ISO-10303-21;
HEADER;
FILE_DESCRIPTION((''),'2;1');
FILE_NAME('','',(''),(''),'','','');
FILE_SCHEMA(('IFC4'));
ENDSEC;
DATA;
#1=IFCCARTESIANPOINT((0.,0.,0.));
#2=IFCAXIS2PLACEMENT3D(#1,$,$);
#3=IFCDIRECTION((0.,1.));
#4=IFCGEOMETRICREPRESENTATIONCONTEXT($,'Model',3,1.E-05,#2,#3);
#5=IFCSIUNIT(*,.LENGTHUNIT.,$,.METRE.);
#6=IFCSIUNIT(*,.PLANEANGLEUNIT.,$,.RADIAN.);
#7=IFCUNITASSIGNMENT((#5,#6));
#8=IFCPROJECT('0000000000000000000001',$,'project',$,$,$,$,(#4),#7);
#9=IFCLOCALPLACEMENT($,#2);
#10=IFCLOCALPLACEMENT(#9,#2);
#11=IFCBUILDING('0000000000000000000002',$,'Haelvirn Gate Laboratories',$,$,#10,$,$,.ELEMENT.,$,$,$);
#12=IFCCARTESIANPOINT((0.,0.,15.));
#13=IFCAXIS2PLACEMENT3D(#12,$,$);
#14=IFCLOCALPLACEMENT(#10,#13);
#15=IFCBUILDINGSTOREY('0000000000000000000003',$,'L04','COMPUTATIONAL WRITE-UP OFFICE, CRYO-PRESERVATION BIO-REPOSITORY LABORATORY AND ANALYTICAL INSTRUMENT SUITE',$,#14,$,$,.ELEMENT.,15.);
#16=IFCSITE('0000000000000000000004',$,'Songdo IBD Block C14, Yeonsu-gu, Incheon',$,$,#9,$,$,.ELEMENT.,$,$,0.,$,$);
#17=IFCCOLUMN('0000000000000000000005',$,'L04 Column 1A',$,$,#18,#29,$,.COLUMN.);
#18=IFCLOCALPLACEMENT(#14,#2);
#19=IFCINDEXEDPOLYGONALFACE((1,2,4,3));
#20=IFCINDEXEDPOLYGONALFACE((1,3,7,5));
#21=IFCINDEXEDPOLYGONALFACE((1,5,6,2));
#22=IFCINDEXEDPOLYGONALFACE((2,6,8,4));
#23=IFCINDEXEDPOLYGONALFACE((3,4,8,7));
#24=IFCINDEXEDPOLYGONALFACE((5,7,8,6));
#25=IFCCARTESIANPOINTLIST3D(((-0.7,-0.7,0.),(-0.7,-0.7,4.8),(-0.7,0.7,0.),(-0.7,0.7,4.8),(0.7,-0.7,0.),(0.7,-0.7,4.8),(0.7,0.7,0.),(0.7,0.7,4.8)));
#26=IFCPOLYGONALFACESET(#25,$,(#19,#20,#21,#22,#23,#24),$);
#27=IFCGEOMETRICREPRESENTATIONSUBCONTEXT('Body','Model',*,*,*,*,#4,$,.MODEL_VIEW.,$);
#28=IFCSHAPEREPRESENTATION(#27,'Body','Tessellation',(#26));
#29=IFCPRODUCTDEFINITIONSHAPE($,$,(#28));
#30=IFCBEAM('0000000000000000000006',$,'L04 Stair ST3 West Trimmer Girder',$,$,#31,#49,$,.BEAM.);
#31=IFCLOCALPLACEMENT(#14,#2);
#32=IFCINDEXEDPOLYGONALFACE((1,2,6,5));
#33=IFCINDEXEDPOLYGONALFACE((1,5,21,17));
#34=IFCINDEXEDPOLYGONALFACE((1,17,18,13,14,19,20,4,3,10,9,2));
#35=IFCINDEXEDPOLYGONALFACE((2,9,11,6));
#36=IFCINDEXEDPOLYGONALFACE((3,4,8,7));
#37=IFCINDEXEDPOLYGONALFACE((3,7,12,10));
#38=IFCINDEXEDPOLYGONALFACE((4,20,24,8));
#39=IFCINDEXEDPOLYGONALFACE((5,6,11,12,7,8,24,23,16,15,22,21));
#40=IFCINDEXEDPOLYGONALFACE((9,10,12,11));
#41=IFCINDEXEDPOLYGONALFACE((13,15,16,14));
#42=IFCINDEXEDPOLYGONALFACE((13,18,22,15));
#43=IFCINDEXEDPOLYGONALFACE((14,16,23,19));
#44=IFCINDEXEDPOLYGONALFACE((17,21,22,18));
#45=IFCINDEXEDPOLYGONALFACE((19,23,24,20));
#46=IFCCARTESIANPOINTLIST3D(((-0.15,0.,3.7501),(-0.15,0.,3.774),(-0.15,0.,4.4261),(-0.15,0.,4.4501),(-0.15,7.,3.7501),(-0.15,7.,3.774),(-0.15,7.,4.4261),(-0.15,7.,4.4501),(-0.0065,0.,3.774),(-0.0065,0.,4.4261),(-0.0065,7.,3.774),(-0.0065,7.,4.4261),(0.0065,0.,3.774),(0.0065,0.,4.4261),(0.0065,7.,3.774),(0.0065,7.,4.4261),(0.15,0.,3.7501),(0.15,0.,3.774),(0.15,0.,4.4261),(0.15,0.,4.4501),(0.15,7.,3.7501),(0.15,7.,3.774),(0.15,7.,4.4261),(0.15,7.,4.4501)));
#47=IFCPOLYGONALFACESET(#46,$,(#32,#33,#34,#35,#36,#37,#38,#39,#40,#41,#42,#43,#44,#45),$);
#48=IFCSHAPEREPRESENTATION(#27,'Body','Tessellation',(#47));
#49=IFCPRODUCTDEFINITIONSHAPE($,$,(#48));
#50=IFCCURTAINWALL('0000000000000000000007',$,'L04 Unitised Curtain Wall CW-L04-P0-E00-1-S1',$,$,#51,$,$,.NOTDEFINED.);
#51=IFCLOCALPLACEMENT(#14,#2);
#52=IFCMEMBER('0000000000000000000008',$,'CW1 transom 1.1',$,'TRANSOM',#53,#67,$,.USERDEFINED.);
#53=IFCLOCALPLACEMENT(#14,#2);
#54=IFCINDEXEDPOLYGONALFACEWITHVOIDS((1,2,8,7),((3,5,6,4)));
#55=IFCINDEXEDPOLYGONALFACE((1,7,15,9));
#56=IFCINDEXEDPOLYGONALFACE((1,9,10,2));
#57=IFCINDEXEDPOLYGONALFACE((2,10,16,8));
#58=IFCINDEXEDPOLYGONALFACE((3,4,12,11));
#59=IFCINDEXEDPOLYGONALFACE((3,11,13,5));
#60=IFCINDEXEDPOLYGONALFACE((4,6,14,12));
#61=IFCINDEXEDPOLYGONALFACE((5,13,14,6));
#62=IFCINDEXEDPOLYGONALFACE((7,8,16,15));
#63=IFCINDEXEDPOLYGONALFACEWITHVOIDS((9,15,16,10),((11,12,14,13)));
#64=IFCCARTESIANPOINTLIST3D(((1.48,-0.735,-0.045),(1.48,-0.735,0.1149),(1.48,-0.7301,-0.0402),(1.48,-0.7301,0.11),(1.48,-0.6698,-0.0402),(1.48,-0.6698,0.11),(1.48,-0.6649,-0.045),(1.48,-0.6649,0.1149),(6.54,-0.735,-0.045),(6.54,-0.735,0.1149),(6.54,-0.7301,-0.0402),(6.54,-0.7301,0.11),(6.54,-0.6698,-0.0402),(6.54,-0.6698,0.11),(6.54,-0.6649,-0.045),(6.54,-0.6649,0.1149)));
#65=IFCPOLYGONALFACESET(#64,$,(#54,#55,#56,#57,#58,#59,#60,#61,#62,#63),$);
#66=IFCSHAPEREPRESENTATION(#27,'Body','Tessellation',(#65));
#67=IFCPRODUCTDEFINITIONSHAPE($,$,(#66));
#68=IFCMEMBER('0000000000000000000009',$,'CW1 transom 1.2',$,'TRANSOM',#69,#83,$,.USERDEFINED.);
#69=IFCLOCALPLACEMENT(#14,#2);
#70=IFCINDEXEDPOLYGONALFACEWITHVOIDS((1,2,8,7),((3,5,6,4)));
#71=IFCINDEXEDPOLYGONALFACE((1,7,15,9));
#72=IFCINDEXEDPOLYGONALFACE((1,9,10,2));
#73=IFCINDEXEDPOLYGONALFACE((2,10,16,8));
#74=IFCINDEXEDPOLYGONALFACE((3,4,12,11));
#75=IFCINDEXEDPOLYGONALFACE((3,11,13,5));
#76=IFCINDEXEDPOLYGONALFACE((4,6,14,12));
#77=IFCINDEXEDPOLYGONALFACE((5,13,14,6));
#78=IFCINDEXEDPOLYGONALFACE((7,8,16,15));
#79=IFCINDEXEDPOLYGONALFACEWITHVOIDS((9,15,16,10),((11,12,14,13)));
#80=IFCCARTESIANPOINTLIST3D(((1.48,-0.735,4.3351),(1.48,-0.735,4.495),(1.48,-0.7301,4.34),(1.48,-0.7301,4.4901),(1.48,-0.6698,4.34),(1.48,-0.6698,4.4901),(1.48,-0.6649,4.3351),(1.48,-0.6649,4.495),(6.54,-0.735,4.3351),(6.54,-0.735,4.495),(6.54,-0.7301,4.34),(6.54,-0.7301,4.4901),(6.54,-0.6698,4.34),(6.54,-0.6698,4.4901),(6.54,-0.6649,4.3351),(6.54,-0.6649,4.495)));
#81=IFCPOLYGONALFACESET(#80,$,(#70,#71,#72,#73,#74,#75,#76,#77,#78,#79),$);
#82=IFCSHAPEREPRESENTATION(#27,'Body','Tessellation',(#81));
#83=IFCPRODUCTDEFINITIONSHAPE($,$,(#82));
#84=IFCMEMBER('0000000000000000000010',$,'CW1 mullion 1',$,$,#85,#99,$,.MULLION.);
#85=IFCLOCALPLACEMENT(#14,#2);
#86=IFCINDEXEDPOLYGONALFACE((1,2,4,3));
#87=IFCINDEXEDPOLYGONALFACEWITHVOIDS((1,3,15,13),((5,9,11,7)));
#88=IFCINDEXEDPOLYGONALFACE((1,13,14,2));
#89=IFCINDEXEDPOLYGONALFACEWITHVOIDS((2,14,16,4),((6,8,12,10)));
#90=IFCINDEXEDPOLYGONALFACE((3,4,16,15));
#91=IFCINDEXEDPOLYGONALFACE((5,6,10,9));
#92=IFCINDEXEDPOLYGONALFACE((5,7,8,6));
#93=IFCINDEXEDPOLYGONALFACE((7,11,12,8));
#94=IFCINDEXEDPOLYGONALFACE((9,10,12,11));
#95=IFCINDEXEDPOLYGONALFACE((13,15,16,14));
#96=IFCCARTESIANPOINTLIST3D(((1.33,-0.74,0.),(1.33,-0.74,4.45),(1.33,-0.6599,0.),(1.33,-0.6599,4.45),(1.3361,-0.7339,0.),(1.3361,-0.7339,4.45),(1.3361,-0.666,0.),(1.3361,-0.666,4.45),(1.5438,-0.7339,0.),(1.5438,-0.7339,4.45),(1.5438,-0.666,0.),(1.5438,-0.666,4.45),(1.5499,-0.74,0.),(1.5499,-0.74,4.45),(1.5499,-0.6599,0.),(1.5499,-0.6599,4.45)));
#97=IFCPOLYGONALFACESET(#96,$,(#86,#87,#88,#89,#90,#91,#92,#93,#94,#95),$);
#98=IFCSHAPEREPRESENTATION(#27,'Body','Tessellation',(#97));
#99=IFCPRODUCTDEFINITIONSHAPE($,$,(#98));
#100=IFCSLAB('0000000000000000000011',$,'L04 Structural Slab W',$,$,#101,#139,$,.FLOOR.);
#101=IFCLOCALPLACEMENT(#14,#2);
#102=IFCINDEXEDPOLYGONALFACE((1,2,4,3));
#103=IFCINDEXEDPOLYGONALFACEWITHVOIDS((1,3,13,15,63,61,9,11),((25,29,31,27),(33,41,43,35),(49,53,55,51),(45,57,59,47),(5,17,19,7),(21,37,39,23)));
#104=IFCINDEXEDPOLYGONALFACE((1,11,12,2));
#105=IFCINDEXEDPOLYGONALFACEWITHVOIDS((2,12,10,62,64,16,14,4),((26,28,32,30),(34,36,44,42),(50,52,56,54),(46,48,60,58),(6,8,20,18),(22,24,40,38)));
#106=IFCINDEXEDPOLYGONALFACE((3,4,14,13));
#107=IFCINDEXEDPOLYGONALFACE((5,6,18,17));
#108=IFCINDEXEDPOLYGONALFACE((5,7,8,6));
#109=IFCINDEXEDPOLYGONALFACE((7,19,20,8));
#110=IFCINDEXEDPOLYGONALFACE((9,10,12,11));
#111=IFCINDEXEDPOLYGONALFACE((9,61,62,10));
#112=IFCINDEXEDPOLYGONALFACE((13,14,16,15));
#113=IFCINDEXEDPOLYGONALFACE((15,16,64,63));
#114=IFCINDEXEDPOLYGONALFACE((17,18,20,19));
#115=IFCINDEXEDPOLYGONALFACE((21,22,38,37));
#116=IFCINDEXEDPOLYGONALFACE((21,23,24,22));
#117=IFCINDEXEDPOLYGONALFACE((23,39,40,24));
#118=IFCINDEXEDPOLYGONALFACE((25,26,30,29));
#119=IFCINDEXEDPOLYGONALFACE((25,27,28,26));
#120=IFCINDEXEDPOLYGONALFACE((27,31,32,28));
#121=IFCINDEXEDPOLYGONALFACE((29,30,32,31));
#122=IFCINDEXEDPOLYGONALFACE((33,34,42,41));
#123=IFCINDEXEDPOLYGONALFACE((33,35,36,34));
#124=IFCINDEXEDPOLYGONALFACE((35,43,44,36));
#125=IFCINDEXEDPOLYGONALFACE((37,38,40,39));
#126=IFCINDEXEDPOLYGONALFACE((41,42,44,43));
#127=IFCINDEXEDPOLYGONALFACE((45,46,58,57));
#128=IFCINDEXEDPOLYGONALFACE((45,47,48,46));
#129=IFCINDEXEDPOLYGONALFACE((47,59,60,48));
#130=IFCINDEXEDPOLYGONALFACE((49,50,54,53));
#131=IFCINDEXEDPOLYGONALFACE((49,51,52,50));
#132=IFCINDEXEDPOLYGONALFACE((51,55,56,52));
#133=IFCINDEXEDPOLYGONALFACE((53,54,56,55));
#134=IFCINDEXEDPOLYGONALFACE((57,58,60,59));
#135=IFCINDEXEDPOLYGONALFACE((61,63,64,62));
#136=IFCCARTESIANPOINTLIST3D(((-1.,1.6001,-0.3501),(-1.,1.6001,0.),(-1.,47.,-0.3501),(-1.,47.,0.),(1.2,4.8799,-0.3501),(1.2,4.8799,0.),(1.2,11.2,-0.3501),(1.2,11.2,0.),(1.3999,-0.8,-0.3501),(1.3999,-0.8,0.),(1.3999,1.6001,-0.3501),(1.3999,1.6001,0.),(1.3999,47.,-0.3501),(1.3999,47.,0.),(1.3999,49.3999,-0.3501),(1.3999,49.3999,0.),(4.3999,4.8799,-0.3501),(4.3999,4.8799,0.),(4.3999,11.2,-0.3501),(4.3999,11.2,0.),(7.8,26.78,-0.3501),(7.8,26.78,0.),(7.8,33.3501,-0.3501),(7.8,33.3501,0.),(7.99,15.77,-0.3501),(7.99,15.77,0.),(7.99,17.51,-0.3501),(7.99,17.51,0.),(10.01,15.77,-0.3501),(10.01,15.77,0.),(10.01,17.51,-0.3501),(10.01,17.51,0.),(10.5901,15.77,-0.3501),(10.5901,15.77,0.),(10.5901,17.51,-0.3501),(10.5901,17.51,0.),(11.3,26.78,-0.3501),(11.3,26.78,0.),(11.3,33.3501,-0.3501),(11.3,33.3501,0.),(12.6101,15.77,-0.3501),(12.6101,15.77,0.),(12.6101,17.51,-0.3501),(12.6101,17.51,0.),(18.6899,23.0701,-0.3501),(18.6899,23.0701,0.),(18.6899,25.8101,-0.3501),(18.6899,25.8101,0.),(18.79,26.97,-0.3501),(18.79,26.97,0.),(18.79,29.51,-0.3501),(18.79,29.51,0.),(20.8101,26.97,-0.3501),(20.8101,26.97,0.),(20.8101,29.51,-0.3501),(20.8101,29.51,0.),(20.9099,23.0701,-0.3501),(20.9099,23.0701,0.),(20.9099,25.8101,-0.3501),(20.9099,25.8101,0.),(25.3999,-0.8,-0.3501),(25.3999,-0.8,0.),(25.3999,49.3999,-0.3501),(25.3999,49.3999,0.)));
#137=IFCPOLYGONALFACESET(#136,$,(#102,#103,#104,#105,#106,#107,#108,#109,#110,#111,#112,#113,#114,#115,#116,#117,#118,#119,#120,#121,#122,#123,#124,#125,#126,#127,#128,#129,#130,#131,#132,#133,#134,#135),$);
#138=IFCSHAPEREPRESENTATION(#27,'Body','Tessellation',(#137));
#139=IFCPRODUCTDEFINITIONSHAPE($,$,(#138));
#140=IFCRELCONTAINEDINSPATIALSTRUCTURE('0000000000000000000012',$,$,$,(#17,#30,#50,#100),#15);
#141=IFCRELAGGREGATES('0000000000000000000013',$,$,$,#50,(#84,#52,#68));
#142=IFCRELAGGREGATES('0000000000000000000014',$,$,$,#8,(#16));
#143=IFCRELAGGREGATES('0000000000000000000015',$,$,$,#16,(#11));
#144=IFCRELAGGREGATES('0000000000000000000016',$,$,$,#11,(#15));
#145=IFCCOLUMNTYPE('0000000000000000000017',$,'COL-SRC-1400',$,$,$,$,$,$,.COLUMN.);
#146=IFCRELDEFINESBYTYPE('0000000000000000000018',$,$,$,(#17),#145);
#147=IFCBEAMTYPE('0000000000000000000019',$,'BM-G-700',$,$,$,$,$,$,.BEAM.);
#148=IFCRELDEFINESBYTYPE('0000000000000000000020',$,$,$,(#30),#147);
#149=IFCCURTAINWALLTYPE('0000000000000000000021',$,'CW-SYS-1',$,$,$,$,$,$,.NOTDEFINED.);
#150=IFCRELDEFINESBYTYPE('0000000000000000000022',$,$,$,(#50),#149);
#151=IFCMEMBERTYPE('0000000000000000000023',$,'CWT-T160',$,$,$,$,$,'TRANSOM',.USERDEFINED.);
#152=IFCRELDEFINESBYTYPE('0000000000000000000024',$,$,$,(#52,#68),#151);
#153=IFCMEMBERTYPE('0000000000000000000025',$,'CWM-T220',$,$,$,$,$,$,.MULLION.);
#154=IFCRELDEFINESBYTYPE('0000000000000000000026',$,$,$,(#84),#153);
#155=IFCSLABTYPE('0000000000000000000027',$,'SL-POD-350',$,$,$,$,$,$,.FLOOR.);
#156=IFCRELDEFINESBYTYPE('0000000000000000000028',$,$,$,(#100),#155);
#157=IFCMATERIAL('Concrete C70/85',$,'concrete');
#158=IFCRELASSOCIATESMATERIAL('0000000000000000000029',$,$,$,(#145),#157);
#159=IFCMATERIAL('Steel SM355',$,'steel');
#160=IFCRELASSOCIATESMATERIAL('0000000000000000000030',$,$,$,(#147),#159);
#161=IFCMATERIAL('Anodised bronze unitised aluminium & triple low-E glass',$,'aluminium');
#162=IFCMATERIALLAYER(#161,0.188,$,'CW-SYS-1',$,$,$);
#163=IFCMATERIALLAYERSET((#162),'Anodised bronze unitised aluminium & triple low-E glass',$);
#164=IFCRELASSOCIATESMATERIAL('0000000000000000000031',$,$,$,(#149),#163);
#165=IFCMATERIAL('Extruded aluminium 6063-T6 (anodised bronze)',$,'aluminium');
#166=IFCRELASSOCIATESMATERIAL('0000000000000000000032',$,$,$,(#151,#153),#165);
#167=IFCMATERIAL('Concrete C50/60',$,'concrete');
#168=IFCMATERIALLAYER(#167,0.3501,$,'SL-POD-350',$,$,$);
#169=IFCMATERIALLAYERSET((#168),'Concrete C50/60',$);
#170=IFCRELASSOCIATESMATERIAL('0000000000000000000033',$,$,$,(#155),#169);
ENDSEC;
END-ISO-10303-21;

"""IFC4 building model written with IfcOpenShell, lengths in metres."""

from ifc_helpers import new_model, si_unit, direction, frame, origin, origin_with_axes, origin_2d, place, context, subcontext, project, spatial, polyline, rectangle, hollow_rectangle, i_section, outline, extrude, source, transform, mapped, material, layer, layer_set, material_profile, profile_set, type_object, type_shapes, element, aggregate, save


model = new_model("IFC4")

# Units and contexts
model_context = context("Model", 3, precision=1e-05, world=origin(), true_north=direction((0.0, 1.0)))
body_context = subcontext(model_context, "Body", "Model", "MODEL_VIEW")
ifc_project = project(units=[si_unit("LENGTHUNIT", "METRE"), si_unit("PLANEANGLEUNIT", "RADIAN")], contexts=[model_context])

# Site, building, storey
site_placement = place(None, origin())
site = spatial("IfcSite", under=ifc_project, at=site_placement, Name="Songdo IBD Block C14, Yeonsu-gu, Incheon", CompositionType="ELEMENT", RefElevation=0.0)
building_placement = place(site_placement, origin())
building = spatial("IfcBuilding", under=site, at=building_placement, Name="Haelvirn Gate Laboratories", CompositionType="ELEMENT")
storey_placement = place(building_placement, frame((0.0, 0.0, 15.0)))
storey = spatial("IfcBuildingStorey", under=building, at=storey_placement, Name="L04", Description="COMPUTATIONAL WRITE-UP OFFICE, CRYO-PRESERVATION BIO-REPOSITORY LABORATORY AND ANALYTICAL INSTRUMENT SUITE", CompositionType="ELEMENT", Elevation=15.0)

# Column
ifc_material_1 = material(Name="Concrete C70/85", Category="concrete")
ifc_material_profile_1 = material_profile(ifc_material_1, rectangle(XDim=1.3999, YDim=1.3999, at=origin_2d()), Name="SRC-1400x1400")
ifc_profile_set_1 = profile_set([ifc_material_profile_1], Name="Concrete C70/85")
column_type = type_object("IfcColumnType", Name="COL-SRC-1400", PredefinedType="COLUMN", material=ifc_profile_set_1)
shared_shape_1 = source(origin(), body_context, "Body", "SweptSolid", [
    extrude(rectangle(XDim=1.3999, YDim=1.3999, at=origin_2d()), origin(), (0.0, 0.0, 1.0), 4.8),
])
type_shapes(column_type, [shared_shape_1])
column_placement = place(storey_placement, origin_with_axes())
element("IfcColumn", 1, at=column_placement, inside=storey, type_object=column_type, Name="L04 Column 1A", PredefinedType="COLUMN", context=body_context, shape_type="MappedRepresentation", body=[
    mapped(shared_shape_1, transform((0.0, 0.0, 0.0), scale=1.0)),
])

# Beam
ifc_material_2 = material(Name="Steel SM355", Category="steel")
ifc_material_profile_2 = material_profile(ifc_material_2, i_section(OverallWidth=0.3, OverallDepth=0.7, WebThickness=0.0129, FlangeThickness=0.0239, at=origin_2d()), Name="H-700x300x13x24")
ifc_profile_set_2 = profile_set([ifc_material_profile_2], Name="Steel SM355")
beam_type = type_object("IfcBeamType", Name="BM-G-700", PredefinedType="BEAM", material=ifc_profile_set_2)
shared_shape_2 = source(origin(), body_context, "Body", "SweptSolid", [
    extrude(i_section(OverallWidth=0.3, OverallDepth=0.7, WebThickness=0.0129, FlangeThickness=0.0239, at=origin_2d()), origin(), (0.0, 0.0, 1.0), 7.0),
])
type_shapes(beam_type, [shared_shape_2])
beam_placement = place(storey_placement, frame((0.0, 0.0, 4.1001), z_axis=(0.0, 1.0, 0.0), x_axis=(-1.0, 0.0, 0.0)))
element("IfcBeam", 2, at=beam_placement, inside=storey, type_object=beam_type, Name="L04 Stair ST3 West Trimmer Girder", PredefinedType="BEAM", context=body_context, shape_type="MappedRepresentation", body=[
    mapped(shared_shape_2, transform((0.0, 0.0, 0.0), scale=1.0)),
])

# Curtain wall, members
ifc_material_3 = material(Name="Anodised bronze unitised aluminium & triple low-E glass", Category="aluminium")
ifc_layer_1 = layer(ifc_material_3, 0.188, Name="CW-SYS-1")
ifc_layer_set_1 = layer_set([ifc_layer_1], Name="Anodised bronze unitised aluminium & triple low-E glass")
curtain_wall_type = type_object("IfcCurtainWallType", Name="CW-SYS-1", PredefinedType="NOTDEFINED", material=ifc_layer_set_1)
curtain_wall_placement = place(storey_placement, origin())
curtain_wall = element("IfcCurtainWall", 3, at=curtain_wall_placement, inside=storey, type_object=curtain_wall_type, Name="L04 Unitised Curtain Wall CW-L04-P0-E00-1-S1", PredefinedType="NOTDEFINED")
ifc_material_4 = material(Name="Extruded aluminium 6063-T6 (anodised bronze)", Category="aluminium")
ifc_material_profile_3 = material_profile(ifc_material_4, hollow_rectangle(XDim=0.0701, YDim=0.1599, WallThickness=0.0049, at=origin_2d()), Name="CWT-160x70x5")
ifc_profile_set_3 = profile_set([ifc_material_profile_3], Name="Extruded aluminium 6063-T6 (anodised bronze)")
member_type_1 = type_object("IfcMemberType", Name="CWT-T160", ElementType="TRANSOM", PredefinedType="USERDEFINED", material=ifc_profile_set_3)
shared_shape_3 = source(origin(), body_context, "Body", "SweptSolid", [
    extrude(hollow_rectangle(XDim=0.0701, YDim=0.1599, WallThickness=0.0049, at=origin_2d()), origin(), (0.0, 0.0, 1.0), 5.0601),
])
type_shapes(member_type_1, [shared_shape_3])
member_1_placement = place(storey_placement, frame((1.48, -0.7, 0.0349), z_axis=(1.0, 0.0, 0.0), x_axis=(0.0, 1.0, 0.0)))
member_1 = element("IfcMember", 4, at=member_1_placement, type_object=member_type_1, Name="CW1 transom 1.1", ObjectType="TRANSOM", PredefinedType="USERDEFINED", context=body_context, shape_type="MappedRepresentation", body=[
    mapped(shared_shape_3, transform((0.0, 0.0, 0.0), scale=1.0)),
])
member_2_placement = place(storey_placement, frame((1.48, -0.7, 4.415), z_axis=(1.0, 0.0, 0.0), x_axis=(0.0, 1.0, 0.0)))
member_2 = element("IfcMember", 5, at=member_2_placement, type_object=member_type_1, Name="CW1 transom 1.2", ObjectType="TRANSOM", PredefinedType="USERDEFINED", context=body_context, shape_type="MappedRepresentation", body=[
    mapped(shared_shape_3, transform((0.0, 0.0, 0.0), scale=1.0)),
])
ifc_material_profile_4 = material_profile(ifc_material_4, hollow_rectangle(XDim=0.0801, YDim=0.22, WallThickness=0.0061, at=origin_2d()), Name="CWM-220x80x6")
ifc_profile_set_4 = profile_set([ifc_material_profile_4], Name="Extruded aluminium 6063-T6 (anodised bronze)")
member_type_2 = type_object("IfcMemberType", Name="CWM-T220", PredefinedType="MULLION", material=ifc_profile_set_4)
shared_shape_4 = source(origin(), body_context, "Body", "SweptSolid", [
    extrude(hollow_rectangle(XDim=0.0801, YDim=0.22, WallThickness=0.0061, at=origin_2d()), origin(), (0.0, 0.0, 1.0), 4.45),
])
type_shapes(member_type_2, [shared_shape_4])
member_3_placement = place(storey_placement, frame((1.4399, -0.7, 0.0), z_axis=(0.0, 0.0, 1.0), x_axis=(0.0, 1.0, 0.0)))
member_3 = element("IfcMember", 6, at=member_3_placement, type_object=member_type_2, Name="CW1 mullion 1", PredefinedType="MULLION", context=body_context, shape_type="MappedRepresentation", body=[
    mapped(shared_shape_4, transform((0.0, 0.0, 0.0), scale=1.0)),
])
aggregate(curtain_wall, [member_3, member_1, member_2])

# Slab
ifc_material_5 = material(Name="Concrete C50/60", Category="concrete")
ifc_layer_2 = layer(ifc_material_5, 0.3501, Name="SL-POD-350")
ifc_layer_set_2 = layer_set([ifc_layer_2], Name="Concrete C50/60")
slab_type_1 = type_object("IfcSlabType", Name="SL-POD-350", PredefinedType="FLOOR", material=ifc_layer_set_2)
slab_1_placement = place(storey_placement, frame((0.0, 0.0, -0.3501)))
element("IfcSlab", 7, at=slab_1_placement, inside=storey, type_object=slab_type_1, Name="L04 Structural Slab W", PredefinedType="FLOOR", context=body_context, shape_type="SweptSolid", body=[
    extrude(outline(polyline([(1.3999, -0.8), (25.3999, -0.8), (25.3999, 49.3999), (1.3999, 49.3999), (1.3999, 47.0), (-1.0, 47.0), (-1.0, 1.6001), (1.3999, 1.6001), (1.3999, -0.8)]), holes=[polyline([(11.3, 26.78), (11.3, 33.3501), (7.8, 33.3501), (7.8, 26.78), (11.3, 26.78)]), polyline([(4.3999, 4.8799), (4.3999, 11.2), (1.2, 11.2), (1.2, 4.8799), (4.3999, 4.8799)]), polyline([(7.99, 15.77), (10.01, 15.77), (10.01, 17.51), (7.99, 17.51), (7.99, 15.77)]), polyline([(10.5901, 15.77), (12.6101, 15.77), (12.6101, 17.51), (10.5901, 17.51), (10.5901, 15.77)]), polyline([(18.79, 26.97), (20.8101, 26.97), (20.8101, 29.51), (18.79, 29.51), (18.79, 26.97)]), polyline([(18.6899, 23.0701), (20.9099, 23.0701), (20.9099, 25.8101), (18.6899, 25.8101), (18.6899, 23.0701)])]), origin(), (0.0, 0.0, 1.0), 0.3501),
])

save(model, "model.ifc")
